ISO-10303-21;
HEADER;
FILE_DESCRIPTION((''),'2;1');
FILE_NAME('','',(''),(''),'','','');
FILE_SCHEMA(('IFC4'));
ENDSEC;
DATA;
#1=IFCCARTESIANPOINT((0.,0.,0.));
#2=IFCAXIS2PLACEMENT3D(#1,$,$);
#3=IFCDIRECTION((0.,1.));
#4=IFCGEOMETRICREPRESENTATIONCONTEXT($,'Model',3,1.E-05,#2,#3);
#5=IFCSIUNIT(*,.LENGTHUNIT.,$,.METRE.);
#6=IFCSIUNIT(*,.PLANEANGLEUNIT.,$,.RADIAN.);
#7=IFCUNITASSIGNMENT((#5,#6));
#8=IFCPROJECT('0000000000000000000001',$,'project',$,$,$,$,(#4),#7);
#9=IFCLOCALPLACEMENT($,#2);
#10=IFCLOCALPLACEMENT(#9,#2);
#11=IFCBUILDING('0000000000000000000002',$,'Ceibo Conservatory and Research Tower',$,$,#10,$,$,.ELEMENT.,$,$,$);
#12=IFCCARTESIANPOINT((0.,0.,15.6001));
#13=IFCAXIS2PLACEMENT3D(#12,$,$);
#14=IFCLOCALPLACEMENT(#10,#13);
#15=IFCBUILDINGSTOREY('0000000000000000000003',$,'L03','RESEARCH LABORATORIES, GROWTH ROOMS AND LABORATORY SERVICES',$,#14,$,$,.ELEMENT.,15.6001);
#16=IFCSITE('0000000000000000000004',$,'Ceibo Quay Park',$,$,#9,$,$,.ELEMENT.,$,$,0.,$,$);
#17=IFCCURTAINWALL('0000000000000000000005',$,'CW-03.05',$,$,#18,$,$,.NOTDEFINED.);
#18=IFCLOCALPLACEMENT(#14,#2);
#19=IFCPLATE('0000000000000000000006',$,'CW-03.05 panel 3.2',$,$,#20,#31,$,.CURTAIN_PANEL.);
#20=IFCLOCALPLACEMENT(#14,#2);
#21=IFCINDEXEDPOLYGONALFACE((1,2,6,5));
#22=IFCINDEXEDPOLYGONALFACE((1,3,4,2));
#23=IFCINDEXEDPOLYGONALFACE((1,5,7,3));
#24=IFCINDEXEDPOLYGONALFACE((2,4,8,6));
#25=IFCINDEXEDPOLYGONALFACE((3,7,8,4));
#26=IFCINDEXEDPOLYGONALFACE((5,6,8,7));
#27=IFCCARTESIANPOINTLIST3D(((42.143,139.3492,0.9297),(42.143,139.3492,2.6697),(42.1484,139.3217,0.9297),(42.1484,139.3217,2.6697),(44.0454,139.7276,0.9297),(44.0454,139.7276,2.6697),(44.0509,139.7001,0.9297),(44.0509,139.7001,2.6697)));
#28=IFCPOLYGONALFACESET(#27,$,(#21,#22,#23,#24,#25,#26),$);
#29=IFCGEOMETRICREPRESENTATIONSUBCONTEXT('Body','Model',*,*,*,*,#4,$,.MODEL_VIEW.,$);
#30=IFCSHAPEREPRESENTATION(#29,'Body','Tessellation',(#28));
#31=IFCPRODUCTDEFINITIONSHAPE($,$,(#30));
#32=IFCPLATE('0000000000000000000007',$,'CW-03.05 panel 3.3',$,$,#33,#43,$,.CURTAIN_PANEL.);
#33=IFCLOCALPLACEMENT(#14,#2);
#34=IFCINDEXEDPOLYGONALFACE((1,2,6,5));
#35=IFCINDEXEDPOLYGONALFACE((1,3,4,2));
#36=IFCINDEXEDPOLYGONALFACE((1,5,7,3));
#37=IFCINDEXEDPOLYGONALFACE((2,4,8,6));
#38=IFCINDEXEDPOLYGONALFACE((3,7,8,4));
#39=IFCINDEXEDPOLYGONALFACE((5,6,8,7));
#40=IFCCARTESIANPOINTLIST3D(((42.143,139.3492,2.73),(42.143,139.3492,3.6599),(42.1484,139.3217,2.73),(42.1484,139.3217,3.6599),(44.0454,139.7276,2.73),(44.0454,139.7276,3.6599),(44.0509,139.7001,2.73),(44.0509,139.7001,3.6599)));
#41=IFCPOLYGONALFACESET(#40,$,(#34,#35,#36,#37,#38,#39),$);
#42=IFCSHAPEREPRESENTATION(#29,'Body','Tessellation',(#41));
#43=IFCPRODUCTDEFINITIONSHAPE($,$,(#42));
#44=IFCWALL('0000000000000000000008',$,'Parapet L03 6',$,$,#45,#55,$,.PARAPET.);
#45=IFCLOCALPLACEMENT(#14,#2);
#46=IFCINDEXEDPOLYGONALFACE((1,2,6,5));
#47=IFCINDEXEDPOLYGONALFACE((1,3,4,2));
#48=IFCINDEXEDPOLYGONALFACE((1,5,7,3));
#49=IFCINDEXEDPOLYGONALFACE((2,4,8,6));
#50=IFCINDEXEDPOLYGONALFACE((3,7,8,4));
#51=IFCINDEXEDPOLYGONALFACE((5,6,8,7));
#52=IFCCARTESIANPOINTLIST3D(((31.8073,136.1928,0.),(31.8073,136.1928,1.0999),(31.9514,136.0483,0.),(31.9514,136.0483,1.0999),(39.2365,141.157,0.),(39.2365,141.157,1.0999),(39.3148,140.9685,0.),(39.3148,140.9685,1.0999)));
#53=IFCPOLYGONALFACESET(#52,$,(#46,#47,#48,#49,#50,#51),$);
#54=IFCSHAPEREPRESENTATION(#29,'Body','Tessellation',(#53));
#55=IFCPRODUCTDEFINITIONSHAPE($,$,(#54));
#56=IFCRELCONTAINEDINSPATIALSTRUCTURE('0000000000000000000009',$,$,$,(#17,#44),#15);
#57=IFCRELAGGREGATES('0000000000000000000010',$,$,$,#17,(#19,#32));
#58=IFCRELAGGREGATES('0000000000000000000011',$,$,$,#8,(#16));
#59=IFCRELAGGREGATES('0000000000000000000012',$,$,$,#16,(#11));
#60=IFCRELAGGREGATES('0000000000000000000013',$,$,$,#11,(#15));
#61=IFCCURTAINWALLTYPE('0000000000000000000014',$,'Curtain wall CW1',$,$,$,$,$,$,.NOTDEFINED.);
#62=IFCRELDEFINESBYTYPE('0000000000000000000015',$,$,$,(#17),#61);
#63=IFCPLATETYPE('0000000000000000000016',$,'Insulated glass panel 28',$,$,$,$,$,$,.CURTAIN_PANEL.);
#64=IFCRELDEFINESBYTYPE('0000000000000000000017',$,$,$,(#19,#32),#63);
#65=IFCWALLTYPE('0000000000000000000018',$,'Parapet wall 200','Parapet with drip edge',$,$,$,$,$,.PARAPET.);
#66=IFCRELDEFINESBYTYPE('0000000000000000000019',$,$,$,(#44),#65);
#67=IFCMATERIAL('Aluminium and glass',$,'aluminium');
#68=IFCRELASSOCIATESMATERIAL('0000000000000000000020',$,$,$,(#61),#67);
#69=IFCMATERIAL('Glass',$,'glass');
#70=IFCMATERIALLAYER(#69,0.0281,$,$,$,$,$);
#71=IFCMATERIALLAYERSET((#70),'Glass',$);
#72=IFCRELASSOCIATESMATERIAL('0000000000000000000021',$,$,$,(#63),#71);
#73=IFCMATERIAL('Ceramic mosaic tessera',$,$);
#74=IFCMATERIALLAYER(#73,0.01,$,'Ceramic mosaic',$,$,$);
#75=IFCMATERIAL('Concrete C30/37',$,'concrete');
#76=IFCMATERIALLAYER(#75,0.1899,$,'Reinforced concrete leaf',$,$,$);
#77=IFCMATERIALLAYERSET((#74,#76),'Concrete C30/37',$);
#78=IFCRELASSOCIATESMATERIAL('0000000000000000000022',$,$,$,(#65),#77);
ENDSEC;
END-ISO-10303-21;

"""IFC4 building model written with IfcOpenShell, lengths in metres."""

from ifc_helpers import new_model, si_unit, direction, frame, origin, origin_2d, place, context, subcontext, project, spatial, polyline, rectangle, outline, extrude, material, layer, layer_set, type_object, element, aggregate, save


model = new_model("IFC4")

# Units and contexts
model_context = context("Model", 3, precision=1e-05, world=origin(), true_north=direction((0.0, 1.0)))
body_context = subcontext(model_context, "Body", "Model", "MODEL_VIEW")
ifc_project = project(units=[si_unit("LENGTHUNIT", "METRE"), si_unit("PLANEANGLEUNIT", "RADIAN")], contexts=[model_context])

# Site, building, storey
site_placement = place(None, origin())
site = spatial("IfcSite", under=ifc_project, at=site_placement, Name="Ceibo Quay Park", CompositionType="ELEMENT", RefElevation=0.0)
building_placement = place(site_placement, origin())
building = spatial("IfcBuilding", under=site, at=building_placement, Name="Ceibo Conservatory and Research Tower", CompositionType="ELEMENT")
storey_placement = place(building_placement, frame((0.0, 0.0, 15.6001)))
storey = spatial("IfcBuildingStorey", under=building, at=storey_placement, Name="L03", Description="RESEARCH LABORATORIES, GROWTH ROOMS AND LABORATORY SERVICES", CompositionType="ELEMENT", Elevation=15.6001)

# Curtain wall
ifc_material_1 = material(Name="Aluminium and glass", Category="aluminium")
curtain_wall_type = type_object("IfcCurtainWallType", Name="Curtain wall CW1", PredefinedType="NOTDEFINED", material=ifc_material_1)
curtain_wall_placement = place(storey_placement, origin())
curtain_wall = element("IfcCurtainWall", 1, at=curtain_wall_placement, inside=storey, type_object=curtain_wall_type, Name="CW-03.05", PredefinedType="NOTDEFINED")

# Plates
ifc_material_2 = material(Name="Glass", Category="glass")
ifc_layer_1 = layer(ifc_material_2, 0.0281)
ifc_layer_set_1 = layer_set([ifc_layer_1], Name="Glass")
plate_type = type_object("IfcPlateType", Name="Insulated glass panel 28", PredefinedType="CURTAIN_PANEL", material=ifc_layer_set_1)
plate_1_placement = place(storey_placement, frame((43.0969, 139.5247, 0.9297), z_axis=(0.0, 0.0, 1.0), x_axis=(-0.980785, -0.19509, 0.0)))
plate_1 = element("IfcPlate", 2, at=plate_1_placement, type_object=plate_type, Name="CW-03.05 panel 3.2", PredefinedType="CURTAIN_PANEL", context=body_context, shape_type="SweptSolid", body=[
    extrude(rectangle(XDim=1.9397, YDim=0.0281, at=origin_2d()), origin(), (0.0, 0.0, 1.0), 1.74),
])
plate_2_placement = place(storey_placement, frame((43.0969, 139.5247, 2.73), z_axis=(0.0, 0.0, 1.0), x_axis=(-0.980785, -0.19509, 0.0)))
plate_2 = element("IfcPlate", 3, at=plate_2_placement, type_object=plate_type, Name="CW-03.05 panel 3.3", PredefinedType="CURTAIN_PANEL", context=body_context, shape_type="SweptSolid", body=[
    extrude(rectangle(XDim=1.9397, YDim=0.0281, at=origin_2d()), origin(), (0.0, 0.0, 1.0), 0.9299),
])
aggregate(curtain_wall, [plate_1, plate_2])

# Wall
ifc_material_3 = material(Name="Ceramic mosaic tessera")
ifc_layer_2 = layer(ifc_material_3, 0.01, Name="Ceramic mosaic")
ifc_material_4 = material(Name="Concrete C30/37", Category="concrete")
ifc_layer_3 = layer(ifc_material_4, 0.1899, Name="Reinforced concrete leaf")
ifc_layer_set_2 = layer_set([ifc_layer_2, ifc_layer_3], Name="Concrete C30/37")
wall_type = type_object("IfcWallType", Name="Parapet wall 200", Description="Parapet with drip edge", PredefinedType="PARAPET", material=ifc_layer_set_2)
wall_placement = place(storey_placement, frame((39.2756, 141.0627, 0.0), z_axis=(0.0, 0.0, 1.0), x_axis=(-0.831463, -0.55558, 0.0)))
element("IfcWall", 4, at=wall_placement, inside=storey, type_object=wall_type, Name="Parapet L03 6", PredefinedType="PARAPET", context=body_context, shape_type="SweptSolid", body=[
    extrude(outline(polyline([(-0.0198, -0.1001), (8.9153, -0.1001), (8.8757, 0.1001), (0.0198, 0.1001), (-0.0198, -0.1001)])), origin(), (0.0, 0.0, 1.0), 1.0999),
])

save(model, "model.ifc")
